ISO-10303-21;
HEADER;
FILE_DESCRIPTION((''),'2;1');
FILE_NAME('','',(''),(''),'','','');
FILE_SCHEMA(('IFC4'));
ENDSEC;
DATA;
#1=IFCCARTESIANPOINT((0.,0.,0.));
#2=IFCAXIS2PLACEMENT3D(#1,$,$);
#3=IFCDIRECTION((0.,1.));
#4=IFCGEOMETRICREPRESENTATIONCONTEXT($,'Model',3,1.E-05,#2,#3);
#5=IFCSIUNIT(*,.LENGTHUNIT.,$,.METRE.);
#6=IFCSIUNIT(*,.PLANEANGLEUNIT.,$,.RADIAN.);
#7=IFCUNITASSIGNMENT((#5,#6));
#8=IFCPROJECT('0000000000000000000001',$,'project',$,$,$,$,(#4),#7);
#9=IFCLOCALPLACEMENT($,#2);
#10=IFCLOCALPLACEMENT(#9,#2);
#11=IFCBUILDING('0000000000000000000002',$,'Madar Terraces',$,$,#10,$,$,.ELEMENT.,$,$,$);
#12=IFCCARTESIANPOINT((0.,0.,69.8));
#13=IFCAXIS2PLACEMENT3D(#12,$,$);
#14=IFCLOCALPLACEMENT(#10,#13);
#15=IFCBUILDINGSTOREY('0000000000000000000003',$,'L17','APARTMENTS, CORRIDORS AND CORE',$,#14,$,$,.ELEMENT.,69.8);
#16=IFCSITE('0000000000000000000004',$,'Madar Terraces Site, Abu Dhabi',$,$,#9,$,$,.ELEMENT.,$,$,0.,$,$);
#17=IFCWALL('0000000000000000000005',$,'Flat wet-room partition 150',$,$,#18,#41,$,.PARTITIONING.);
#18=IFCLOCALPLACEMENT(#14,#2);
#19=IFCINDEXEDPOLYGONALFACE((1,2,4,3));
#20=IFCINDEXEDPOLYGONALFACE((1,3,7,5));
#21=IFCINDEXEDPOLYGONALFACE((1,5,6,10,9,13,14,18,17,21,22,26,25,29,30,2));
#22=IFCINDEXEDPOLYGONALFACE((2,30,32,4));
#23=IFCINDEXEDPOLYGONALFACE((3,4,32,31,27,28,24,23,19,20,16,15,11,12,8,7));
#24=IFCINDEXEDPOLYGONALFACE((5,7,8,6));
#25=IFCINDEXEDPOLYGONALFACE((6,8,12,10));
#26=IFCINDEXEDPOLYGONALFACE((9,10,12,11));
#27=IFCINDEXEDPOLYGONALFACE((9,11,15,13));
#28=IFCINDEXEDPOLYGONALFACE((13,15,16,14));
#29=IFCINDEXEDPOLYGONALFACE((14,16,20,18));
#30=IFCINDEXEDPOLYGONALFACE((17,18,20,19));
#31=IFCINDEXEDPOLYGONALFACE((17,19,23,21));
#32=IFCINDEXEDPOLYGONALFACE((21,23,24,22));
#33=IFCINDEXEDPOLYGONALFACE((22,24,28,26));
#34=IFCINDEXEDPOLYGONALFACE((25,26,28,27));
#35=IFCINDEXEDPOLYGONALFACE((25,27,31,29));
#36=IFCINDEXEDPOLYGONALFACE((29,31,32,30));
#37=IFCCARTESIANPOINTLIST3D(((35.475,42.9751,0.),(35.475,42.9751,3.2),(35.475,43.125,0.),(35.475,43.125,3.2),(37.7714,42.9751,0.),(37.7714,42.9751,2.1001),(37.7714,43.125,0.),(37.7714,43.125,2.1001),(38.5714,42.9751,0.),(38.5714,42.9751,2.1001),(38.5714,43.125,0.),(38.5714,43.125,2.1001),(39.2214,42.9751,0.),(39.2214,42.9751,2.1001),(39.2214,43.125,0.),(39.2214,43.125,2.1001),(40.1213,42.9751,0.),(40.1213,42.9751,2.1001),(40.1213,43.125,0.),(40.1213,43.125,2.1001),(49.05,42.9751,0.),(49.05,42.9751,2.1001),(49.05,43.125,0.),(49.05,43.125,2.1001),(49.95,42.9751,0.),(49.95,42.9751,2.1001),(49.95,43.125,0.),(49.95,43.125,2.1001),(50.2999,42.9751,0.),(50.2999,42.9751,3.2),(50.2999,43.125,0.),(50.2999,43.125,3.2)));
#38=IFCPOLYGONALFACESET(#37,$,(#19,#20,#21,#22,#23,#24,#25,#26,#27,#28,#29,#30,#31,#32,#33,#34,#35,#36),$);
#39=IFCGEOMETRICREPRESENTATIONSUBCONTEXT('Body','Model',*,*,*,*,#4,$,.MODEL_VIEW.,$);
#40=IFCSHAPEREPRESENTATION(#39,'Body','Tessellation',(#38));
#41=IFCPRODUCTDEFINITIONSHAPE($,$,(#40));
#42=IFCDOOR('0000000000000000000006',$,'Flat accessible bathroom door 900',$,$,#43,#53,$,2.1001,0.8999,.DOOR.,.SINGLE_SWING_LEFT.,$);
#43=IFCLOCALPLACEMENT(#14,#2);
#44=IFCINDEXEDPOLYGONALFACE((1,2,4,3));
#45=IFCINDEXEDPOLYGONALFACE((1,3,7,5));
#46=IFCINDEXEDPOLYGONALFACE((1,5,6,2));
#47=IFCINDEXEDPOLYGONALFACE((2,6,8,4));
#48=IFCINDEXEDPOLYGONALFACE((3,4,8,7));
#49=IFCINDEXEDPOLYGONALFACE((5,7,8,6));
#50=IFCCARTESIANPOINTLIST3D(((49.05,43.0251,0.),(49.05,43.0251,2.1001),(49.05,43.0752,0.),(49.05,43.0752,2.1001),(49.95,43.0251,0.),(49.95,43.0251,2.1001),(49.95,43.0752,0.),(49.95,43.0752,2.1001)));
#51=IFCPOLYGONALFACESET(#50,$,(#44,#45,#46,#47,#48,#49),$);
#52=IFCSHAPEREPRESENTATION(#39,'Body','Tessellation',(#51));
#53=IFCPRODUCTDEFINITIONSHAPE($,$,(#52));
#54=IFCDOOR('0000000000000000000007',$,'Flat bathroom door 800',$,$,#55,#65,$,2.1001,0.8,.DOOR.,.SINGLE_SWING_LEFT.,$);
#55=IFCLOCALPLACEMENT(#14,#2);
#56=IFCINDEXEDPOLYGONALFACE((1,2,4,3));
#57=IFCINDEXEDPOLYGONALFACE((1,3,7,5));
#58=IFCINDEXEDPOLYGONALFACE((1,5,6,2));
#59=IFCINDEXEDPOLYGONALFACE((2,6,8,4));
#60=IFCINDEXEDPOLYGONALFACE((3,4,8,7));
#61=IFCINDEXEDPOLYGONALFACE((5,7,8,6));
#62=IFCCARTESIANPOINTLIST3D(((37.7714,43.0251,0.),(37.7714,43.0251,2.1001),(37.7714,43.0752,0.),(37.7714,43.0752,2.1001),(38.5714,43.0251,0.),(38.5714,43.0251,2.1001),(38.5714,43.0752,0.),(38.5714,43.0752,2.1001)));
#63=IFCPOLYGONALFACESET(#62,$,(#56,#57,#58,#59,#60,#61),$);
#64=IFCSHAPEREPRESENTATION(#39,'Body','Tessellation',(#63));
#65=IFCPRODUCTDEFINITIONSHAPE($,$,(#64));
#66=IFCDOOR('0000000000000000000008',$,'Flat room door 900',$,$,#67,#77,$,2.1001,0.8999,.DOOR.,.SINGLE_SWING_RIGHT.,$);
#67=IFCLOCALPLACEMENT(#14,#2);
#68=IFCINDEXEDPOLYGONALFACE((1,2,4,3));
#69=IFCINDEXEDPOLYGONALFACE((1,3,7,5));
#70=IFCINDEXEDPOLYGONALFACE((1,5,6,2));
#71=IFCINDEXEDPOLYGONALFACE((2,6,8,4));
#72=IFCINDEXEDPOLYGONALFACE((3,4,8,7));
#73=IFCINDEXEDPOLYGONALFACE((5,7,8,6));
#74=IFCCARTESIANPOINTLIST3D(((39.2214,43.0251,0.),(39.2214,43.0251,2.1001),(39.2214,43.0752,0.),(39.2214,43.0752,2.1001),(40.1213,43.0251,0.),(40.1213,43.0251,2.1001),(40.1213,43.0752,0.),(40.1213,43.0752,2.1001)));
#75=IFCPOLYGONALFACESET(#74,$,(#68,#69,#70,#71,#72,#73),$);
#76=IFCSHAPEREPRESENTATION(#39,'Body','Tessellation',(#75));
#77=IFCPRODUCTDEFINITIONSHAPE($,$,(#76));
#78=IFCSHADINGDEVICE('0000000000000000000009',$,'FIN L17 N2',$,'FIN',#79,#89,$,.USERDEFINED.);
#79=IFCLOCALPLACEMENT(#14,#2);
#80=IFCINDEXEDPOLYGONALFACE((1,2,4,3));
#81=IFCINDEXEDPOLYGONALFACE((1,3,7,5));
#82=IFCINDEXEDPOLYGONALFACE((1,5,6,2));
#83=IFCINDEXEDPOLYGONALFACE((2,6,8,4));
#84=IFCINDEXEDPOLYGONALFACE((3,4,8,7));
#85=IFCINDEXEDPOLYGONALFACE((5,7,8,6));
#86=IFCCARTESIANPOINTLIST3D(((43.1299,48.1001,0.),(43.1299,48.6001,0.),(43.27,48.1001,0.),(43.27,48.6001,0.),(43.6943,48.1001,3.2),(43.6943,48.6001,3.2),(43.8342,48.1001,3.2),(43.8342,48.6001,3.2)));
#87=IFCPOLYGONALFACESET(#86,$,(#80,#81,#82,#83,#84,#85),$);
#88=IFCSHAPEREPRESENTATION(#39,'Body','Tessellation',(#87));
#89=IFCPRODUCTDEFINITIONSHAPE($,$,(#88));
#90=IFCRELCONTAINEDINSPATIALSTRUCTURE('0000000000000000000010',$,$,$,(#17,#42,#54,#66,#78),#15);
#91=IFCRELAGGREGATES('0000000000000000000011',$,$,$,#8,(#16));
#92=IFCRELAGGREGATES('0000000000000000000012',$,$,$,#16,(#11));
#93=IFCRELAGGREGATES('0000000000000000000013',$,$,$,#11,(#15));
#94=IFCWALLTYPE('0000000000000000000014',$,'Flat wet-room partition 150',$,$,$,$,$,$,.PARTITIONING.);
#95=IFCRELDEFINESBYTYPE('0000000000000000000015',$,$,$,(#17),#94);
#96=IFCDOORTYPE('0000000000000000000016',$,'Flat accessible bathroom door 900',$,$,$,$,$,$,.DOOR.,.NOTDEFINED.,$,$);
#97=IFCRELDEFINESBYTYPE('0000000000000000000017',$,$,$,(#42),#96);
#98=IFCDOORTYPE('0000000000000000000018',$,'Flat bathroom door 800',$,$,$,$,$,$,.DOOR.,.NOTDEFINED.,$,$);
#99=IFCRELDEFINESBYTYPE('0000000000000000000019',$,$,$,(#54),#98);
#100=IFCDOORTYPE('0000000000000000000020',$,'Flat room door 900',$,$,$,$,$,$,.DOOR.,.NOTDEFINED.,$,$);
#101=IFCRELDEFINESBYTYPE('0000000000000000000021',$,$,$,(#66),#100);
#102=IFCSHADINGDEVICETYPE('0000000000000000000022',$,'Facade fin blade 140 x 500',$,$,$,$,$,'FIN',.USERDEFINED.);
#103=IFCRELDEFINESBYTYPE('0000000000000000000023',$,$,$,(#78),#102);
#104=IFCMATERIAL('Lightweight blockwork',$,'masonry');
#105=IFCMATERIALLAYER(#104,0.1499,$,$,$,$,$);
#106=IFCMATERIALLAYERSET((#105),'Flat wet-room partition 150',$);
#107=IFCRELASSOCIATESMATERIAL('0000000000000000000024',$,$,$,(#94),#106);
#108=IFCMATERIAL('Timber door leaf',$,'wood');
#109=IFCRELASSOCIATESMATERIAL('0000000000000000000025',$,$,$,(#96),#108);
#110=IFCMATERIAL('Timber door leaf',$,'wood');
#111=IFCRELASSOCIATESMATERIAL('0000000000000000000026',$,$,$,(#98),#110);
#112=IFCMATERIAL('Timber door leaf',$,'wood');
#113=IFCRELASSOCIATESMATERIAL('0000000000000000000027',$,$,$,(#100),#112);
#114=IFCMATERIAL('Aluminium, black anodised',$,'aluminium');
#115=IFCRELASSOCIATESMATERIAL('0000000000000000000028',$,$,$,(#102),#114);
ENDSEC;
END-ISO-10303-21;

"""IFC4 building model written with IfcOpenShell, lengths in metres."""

from ifc_helpers import new_model, si_unit, direction, frame, frame_2d, origin, place, context, subcontext, project, spatial, polyline, rectangle, outline, extrude, material, layer, layer_set, type_object, element, fill, save


model = new_model("IFC4")

# Units and contexts
model_context = context("Model", 3, precision=1e-05, world=origin(), true_north=direction((0.0, 1.0)))
body_context = subcontext(model_context, "Body", "Model", "MODEL_VIEW")
ifc_project = project(units=[si_unit("LENGTHUNIT", "METRE"), si_unit("PLANEANGLEUNIT", "RADIAN")], contexts=[model_context])

# Site, building, storey
site_placement = place(None, origin())
site = spatial("IfcSite", under=ifc_project, at=site_placement, Name="Madar Terraces Site, Abu Dhabi", CompositionType="ELEMENT", RefElevation=0.0)
building_placement = place(site_placement, origin())
building = spatial("IfcBuilding", under=site, at=building_placement, Name="Madar Terraces", CompositionType="ELEMENT")
storey_placement = place(building_placement, frame((0.0, 0.0, 69.8)))
storey = spatial("IfcBuildingStorey", under=building, at=storey_placement, Name="L17", Description="APARTMENTS, CORRIDORS AND CORE", CompositionType="ELEMENT", Elevation=69.8)

# Shared definitions
ifc_material_1 = material(Name="Lightweight blockwork", Category="masonry")
ifc_layer_1 = layer(ifc_material_1, 0.1499)
ifc_layer_set_1 = layer_set([ifc_layer_1], Name="Flat wet-room partition 150")
wall_type_1 = type_object("IfcWallType", Name="Flat wet-room partition 150", PredefinedType="PARTITIONING", material=ifc_layer_set_1)

# Wall, openings, doors
wall_1_placement = place(storey_placement, frame((50.3, 43.05, 0.0), z_axis=(0.0, 0.0, 1.0), x_axis=(-1.0, 0.0, 0.0)))
wall_1 = element("IfcWall", 1, at=wall_1_placement, inside=storey, type_object=wall_type_1, Name="Flat wet-room partition 150", PredefinedType="PARTITIONING", context=body_context, shape_type="SweptSolid", body=[
    extrude(rectangle(XDim=14.825, YDim=0.1499, at=frame_2d((7.4126, 0.0))), origin(), (0.0, 0.0, 1.0), 3.2),
])
opening_1_placement = place(wall_1_placement, frame((11.7288, 0.0, 0.0)))
opening_1 = element("IfcOpeningElement", 2, at=opening_1_placement, cuts=wall_1, PredefinedType="OPENING", context=body_context, shape_type="SweptSolid", body=[
    extrude(rectangle(XDim=0.8, YDim=2.1001, at=frame_2d((0.3999, 1.05))), frame((0.0, 0.085, 0.0), z_axis=(0.0, -1.0, 0.0), x_axis=(1.0, 0.0, 0.0)), (0.0, 0.0, 1.0), 0.1699),
])
opening_2_placement = place(wall_1_placement, frame((10.1787, 0.0, 0.0)))
opening_2 = element("IfcOpeningElement", 3, at=opening_2_placement, cuts=wall_1, PredefinedType="OPENING", context=body_context, shape_type="SweptSolid", body=[
    extrude(rectangle(XDim=0.8999, YDim=2.1001, at=frame_2d((0.45, 1.05))), frame((0.0, 0.085, 0.0), z_axis=(0.0, -1.0, 0.0), x_axis=(1.0, 0.0, 0.0)), (0.0, 0.0, 1.0), 0.1699),
])
opening_3_placement = place(wall_1_placement, frame((0.3501, 0.0, 0.0)))
opening_3 = element("IfcOpeningElement", 4, at=opening_3_placement, cuts=wall_1, PredefinedType="OPENING", context=body_context, shape_type="SweptSolid", body=[
    extrude(rectangle(XDim=0.8999, YDim=2.1001, at=frame_2d((0.45, 1.05))), frame((0.0, 0.085, 0.0), z_axis=(0.0, -1.0, 0.0), x_axis=(1.0, 0.0, 0.0)), (0.0, 0.0, 1.0), 0.1699),
])
ifc_material_2 = material(Name="Timber door leaf", Category="wood")
door_type_1 = type_object("IfcDoorType", Name="Flat accessible bathroom door 900", OperationType="NOTDEFINED", PredefinedType="DOOR", material=ifc_material_2)
door_1_placement = place(opening_3_placement, origin())
door_1 = element("IfcDoor", 5, at=door_1_placement, inside=storey, type_object=door_type_1, Name="Flat accessible bathroom door 900", OperationType="SINGLE_SWING_LEFT", OverallHeight=2.1001, OverallWidth=0.8999, PredefinedType="DOOR", context=body_context, shape_type="SweptSolid", body=[
    extrude(rectangle(XDim=0.8999, YDim=2.1001, at=frame_2d((0.45, 1.05))), frame((0.0, 0.0249, 0.0), z_axis=(0.0, -1.0, 0.0), x_axis=(1.0, 0.0, 0.0)), (0.0, 0.0, 1.0), 0.05),
])
fill(opening_3, door_1)
ifc_material_3 = material(Name="Timber door leaf", Category="wood")
door_type_2 = type_object("IfcDoorType", Name="Flat bathroom door 800", OperationType="NOTDEFINED", PredefinedType="DOOR", material=ifc_material_3)
door_2_placement = place(opening_1_placement, origin())
door_2 = element("IfcDoor", 6, at=door_2_placement, inside=storey, type_object=door_type_2, Name="Flat bathroom door 800", OperationType="SINGLE_SWING_LEFT", OverallHeight=2.1001, OverallWidth=0.8, PredefinedType="DOOR", context=body_context, shape_type="SweptSolid", body=[
    extrude(rectangle(XDim=0.8, YDim=2.1001, at=frame_2d((0.3999, 1.05))), frame((0.0, 0.0249, 0.0), z_axis=(0.0, -1.0, 0.0), x_axis=(1.0, 0.0, 0.0)), (0.0, 0.0, 1.0), 0.05),
])
fill(opening_1, door_2)
ifc_material_4 = material(Name="Timber door leaf", Category="wood")
door_type_3 = type_object("IfcDoorType", Name="Flat room door 900", OperationType="NOTDEFINED", PredefinedType="DOOR", material=ifc_material_4)
door_3_placement = place(opening_2_placement, origin())
door_3 = element("IfcDoor", 7, at=door_3_placement, inside=storey, type_object=door_type_3, Name="Flat room door 900", OperationType="SINGLE_SWING_RIGHT", OverallHeight=2.1001, OverallWidth=0.8999, PredefinedType="DOOR", context=body_context, shape_type="SweptSolid", body=[
    extrude(rectangle(XDim=0.8999, YDim=2.1001, at=frame_2d((0.45, 1.05))), frame((0.0, 0.0249, 0.0), z_axis=(0.0, -1.0, 0.0), x_axis=(1.0, 0.0, 0.0)), (0.0, 0.0, 1.0), 0.05),
])
fill(opening_2, door_3)

# Shading device
ifc_material_5 = material(Name="Aluminium, black anodised", Category="aluminium")
shading_device_type = type_object("IfcShadingDeviceType", Name="Facade fin blade 140 x 500", ElementType="FIN", PredefinedType="USERDEFINED", material=ifc_material_5)
shading_device_placement = place(storey_placement, frame((43.27, 48.3501, 0.0), z_axis=(0.0, 0.0, 1.0), x_axis=(-1.0, 0.0, 0.0)))
element("IfcShadingDevice", 8, at=shading_device_placement, inside=storey, type_object=shading_device_type, Name="FIN L17 N2", ObjectType="FIN", PredefinedType="USERDEFINED", context=body_context, shape_type="SweptSolid", body=[
    extrude(outline(polyline([(0.0, 0.0), (0.1401, 0.0), (-0.4243, 3.2), (-0.5642, 3.2), (0.0, 0.0)])), frame((0.0, 0.25, 0.0), z_axis=(0.0, -1.0, 0.0), x_axis=(1.0, 0.0, 0.0)), (0.0, 0.0, 1.0), 0.5),
])

save(model, "model.ifc")
